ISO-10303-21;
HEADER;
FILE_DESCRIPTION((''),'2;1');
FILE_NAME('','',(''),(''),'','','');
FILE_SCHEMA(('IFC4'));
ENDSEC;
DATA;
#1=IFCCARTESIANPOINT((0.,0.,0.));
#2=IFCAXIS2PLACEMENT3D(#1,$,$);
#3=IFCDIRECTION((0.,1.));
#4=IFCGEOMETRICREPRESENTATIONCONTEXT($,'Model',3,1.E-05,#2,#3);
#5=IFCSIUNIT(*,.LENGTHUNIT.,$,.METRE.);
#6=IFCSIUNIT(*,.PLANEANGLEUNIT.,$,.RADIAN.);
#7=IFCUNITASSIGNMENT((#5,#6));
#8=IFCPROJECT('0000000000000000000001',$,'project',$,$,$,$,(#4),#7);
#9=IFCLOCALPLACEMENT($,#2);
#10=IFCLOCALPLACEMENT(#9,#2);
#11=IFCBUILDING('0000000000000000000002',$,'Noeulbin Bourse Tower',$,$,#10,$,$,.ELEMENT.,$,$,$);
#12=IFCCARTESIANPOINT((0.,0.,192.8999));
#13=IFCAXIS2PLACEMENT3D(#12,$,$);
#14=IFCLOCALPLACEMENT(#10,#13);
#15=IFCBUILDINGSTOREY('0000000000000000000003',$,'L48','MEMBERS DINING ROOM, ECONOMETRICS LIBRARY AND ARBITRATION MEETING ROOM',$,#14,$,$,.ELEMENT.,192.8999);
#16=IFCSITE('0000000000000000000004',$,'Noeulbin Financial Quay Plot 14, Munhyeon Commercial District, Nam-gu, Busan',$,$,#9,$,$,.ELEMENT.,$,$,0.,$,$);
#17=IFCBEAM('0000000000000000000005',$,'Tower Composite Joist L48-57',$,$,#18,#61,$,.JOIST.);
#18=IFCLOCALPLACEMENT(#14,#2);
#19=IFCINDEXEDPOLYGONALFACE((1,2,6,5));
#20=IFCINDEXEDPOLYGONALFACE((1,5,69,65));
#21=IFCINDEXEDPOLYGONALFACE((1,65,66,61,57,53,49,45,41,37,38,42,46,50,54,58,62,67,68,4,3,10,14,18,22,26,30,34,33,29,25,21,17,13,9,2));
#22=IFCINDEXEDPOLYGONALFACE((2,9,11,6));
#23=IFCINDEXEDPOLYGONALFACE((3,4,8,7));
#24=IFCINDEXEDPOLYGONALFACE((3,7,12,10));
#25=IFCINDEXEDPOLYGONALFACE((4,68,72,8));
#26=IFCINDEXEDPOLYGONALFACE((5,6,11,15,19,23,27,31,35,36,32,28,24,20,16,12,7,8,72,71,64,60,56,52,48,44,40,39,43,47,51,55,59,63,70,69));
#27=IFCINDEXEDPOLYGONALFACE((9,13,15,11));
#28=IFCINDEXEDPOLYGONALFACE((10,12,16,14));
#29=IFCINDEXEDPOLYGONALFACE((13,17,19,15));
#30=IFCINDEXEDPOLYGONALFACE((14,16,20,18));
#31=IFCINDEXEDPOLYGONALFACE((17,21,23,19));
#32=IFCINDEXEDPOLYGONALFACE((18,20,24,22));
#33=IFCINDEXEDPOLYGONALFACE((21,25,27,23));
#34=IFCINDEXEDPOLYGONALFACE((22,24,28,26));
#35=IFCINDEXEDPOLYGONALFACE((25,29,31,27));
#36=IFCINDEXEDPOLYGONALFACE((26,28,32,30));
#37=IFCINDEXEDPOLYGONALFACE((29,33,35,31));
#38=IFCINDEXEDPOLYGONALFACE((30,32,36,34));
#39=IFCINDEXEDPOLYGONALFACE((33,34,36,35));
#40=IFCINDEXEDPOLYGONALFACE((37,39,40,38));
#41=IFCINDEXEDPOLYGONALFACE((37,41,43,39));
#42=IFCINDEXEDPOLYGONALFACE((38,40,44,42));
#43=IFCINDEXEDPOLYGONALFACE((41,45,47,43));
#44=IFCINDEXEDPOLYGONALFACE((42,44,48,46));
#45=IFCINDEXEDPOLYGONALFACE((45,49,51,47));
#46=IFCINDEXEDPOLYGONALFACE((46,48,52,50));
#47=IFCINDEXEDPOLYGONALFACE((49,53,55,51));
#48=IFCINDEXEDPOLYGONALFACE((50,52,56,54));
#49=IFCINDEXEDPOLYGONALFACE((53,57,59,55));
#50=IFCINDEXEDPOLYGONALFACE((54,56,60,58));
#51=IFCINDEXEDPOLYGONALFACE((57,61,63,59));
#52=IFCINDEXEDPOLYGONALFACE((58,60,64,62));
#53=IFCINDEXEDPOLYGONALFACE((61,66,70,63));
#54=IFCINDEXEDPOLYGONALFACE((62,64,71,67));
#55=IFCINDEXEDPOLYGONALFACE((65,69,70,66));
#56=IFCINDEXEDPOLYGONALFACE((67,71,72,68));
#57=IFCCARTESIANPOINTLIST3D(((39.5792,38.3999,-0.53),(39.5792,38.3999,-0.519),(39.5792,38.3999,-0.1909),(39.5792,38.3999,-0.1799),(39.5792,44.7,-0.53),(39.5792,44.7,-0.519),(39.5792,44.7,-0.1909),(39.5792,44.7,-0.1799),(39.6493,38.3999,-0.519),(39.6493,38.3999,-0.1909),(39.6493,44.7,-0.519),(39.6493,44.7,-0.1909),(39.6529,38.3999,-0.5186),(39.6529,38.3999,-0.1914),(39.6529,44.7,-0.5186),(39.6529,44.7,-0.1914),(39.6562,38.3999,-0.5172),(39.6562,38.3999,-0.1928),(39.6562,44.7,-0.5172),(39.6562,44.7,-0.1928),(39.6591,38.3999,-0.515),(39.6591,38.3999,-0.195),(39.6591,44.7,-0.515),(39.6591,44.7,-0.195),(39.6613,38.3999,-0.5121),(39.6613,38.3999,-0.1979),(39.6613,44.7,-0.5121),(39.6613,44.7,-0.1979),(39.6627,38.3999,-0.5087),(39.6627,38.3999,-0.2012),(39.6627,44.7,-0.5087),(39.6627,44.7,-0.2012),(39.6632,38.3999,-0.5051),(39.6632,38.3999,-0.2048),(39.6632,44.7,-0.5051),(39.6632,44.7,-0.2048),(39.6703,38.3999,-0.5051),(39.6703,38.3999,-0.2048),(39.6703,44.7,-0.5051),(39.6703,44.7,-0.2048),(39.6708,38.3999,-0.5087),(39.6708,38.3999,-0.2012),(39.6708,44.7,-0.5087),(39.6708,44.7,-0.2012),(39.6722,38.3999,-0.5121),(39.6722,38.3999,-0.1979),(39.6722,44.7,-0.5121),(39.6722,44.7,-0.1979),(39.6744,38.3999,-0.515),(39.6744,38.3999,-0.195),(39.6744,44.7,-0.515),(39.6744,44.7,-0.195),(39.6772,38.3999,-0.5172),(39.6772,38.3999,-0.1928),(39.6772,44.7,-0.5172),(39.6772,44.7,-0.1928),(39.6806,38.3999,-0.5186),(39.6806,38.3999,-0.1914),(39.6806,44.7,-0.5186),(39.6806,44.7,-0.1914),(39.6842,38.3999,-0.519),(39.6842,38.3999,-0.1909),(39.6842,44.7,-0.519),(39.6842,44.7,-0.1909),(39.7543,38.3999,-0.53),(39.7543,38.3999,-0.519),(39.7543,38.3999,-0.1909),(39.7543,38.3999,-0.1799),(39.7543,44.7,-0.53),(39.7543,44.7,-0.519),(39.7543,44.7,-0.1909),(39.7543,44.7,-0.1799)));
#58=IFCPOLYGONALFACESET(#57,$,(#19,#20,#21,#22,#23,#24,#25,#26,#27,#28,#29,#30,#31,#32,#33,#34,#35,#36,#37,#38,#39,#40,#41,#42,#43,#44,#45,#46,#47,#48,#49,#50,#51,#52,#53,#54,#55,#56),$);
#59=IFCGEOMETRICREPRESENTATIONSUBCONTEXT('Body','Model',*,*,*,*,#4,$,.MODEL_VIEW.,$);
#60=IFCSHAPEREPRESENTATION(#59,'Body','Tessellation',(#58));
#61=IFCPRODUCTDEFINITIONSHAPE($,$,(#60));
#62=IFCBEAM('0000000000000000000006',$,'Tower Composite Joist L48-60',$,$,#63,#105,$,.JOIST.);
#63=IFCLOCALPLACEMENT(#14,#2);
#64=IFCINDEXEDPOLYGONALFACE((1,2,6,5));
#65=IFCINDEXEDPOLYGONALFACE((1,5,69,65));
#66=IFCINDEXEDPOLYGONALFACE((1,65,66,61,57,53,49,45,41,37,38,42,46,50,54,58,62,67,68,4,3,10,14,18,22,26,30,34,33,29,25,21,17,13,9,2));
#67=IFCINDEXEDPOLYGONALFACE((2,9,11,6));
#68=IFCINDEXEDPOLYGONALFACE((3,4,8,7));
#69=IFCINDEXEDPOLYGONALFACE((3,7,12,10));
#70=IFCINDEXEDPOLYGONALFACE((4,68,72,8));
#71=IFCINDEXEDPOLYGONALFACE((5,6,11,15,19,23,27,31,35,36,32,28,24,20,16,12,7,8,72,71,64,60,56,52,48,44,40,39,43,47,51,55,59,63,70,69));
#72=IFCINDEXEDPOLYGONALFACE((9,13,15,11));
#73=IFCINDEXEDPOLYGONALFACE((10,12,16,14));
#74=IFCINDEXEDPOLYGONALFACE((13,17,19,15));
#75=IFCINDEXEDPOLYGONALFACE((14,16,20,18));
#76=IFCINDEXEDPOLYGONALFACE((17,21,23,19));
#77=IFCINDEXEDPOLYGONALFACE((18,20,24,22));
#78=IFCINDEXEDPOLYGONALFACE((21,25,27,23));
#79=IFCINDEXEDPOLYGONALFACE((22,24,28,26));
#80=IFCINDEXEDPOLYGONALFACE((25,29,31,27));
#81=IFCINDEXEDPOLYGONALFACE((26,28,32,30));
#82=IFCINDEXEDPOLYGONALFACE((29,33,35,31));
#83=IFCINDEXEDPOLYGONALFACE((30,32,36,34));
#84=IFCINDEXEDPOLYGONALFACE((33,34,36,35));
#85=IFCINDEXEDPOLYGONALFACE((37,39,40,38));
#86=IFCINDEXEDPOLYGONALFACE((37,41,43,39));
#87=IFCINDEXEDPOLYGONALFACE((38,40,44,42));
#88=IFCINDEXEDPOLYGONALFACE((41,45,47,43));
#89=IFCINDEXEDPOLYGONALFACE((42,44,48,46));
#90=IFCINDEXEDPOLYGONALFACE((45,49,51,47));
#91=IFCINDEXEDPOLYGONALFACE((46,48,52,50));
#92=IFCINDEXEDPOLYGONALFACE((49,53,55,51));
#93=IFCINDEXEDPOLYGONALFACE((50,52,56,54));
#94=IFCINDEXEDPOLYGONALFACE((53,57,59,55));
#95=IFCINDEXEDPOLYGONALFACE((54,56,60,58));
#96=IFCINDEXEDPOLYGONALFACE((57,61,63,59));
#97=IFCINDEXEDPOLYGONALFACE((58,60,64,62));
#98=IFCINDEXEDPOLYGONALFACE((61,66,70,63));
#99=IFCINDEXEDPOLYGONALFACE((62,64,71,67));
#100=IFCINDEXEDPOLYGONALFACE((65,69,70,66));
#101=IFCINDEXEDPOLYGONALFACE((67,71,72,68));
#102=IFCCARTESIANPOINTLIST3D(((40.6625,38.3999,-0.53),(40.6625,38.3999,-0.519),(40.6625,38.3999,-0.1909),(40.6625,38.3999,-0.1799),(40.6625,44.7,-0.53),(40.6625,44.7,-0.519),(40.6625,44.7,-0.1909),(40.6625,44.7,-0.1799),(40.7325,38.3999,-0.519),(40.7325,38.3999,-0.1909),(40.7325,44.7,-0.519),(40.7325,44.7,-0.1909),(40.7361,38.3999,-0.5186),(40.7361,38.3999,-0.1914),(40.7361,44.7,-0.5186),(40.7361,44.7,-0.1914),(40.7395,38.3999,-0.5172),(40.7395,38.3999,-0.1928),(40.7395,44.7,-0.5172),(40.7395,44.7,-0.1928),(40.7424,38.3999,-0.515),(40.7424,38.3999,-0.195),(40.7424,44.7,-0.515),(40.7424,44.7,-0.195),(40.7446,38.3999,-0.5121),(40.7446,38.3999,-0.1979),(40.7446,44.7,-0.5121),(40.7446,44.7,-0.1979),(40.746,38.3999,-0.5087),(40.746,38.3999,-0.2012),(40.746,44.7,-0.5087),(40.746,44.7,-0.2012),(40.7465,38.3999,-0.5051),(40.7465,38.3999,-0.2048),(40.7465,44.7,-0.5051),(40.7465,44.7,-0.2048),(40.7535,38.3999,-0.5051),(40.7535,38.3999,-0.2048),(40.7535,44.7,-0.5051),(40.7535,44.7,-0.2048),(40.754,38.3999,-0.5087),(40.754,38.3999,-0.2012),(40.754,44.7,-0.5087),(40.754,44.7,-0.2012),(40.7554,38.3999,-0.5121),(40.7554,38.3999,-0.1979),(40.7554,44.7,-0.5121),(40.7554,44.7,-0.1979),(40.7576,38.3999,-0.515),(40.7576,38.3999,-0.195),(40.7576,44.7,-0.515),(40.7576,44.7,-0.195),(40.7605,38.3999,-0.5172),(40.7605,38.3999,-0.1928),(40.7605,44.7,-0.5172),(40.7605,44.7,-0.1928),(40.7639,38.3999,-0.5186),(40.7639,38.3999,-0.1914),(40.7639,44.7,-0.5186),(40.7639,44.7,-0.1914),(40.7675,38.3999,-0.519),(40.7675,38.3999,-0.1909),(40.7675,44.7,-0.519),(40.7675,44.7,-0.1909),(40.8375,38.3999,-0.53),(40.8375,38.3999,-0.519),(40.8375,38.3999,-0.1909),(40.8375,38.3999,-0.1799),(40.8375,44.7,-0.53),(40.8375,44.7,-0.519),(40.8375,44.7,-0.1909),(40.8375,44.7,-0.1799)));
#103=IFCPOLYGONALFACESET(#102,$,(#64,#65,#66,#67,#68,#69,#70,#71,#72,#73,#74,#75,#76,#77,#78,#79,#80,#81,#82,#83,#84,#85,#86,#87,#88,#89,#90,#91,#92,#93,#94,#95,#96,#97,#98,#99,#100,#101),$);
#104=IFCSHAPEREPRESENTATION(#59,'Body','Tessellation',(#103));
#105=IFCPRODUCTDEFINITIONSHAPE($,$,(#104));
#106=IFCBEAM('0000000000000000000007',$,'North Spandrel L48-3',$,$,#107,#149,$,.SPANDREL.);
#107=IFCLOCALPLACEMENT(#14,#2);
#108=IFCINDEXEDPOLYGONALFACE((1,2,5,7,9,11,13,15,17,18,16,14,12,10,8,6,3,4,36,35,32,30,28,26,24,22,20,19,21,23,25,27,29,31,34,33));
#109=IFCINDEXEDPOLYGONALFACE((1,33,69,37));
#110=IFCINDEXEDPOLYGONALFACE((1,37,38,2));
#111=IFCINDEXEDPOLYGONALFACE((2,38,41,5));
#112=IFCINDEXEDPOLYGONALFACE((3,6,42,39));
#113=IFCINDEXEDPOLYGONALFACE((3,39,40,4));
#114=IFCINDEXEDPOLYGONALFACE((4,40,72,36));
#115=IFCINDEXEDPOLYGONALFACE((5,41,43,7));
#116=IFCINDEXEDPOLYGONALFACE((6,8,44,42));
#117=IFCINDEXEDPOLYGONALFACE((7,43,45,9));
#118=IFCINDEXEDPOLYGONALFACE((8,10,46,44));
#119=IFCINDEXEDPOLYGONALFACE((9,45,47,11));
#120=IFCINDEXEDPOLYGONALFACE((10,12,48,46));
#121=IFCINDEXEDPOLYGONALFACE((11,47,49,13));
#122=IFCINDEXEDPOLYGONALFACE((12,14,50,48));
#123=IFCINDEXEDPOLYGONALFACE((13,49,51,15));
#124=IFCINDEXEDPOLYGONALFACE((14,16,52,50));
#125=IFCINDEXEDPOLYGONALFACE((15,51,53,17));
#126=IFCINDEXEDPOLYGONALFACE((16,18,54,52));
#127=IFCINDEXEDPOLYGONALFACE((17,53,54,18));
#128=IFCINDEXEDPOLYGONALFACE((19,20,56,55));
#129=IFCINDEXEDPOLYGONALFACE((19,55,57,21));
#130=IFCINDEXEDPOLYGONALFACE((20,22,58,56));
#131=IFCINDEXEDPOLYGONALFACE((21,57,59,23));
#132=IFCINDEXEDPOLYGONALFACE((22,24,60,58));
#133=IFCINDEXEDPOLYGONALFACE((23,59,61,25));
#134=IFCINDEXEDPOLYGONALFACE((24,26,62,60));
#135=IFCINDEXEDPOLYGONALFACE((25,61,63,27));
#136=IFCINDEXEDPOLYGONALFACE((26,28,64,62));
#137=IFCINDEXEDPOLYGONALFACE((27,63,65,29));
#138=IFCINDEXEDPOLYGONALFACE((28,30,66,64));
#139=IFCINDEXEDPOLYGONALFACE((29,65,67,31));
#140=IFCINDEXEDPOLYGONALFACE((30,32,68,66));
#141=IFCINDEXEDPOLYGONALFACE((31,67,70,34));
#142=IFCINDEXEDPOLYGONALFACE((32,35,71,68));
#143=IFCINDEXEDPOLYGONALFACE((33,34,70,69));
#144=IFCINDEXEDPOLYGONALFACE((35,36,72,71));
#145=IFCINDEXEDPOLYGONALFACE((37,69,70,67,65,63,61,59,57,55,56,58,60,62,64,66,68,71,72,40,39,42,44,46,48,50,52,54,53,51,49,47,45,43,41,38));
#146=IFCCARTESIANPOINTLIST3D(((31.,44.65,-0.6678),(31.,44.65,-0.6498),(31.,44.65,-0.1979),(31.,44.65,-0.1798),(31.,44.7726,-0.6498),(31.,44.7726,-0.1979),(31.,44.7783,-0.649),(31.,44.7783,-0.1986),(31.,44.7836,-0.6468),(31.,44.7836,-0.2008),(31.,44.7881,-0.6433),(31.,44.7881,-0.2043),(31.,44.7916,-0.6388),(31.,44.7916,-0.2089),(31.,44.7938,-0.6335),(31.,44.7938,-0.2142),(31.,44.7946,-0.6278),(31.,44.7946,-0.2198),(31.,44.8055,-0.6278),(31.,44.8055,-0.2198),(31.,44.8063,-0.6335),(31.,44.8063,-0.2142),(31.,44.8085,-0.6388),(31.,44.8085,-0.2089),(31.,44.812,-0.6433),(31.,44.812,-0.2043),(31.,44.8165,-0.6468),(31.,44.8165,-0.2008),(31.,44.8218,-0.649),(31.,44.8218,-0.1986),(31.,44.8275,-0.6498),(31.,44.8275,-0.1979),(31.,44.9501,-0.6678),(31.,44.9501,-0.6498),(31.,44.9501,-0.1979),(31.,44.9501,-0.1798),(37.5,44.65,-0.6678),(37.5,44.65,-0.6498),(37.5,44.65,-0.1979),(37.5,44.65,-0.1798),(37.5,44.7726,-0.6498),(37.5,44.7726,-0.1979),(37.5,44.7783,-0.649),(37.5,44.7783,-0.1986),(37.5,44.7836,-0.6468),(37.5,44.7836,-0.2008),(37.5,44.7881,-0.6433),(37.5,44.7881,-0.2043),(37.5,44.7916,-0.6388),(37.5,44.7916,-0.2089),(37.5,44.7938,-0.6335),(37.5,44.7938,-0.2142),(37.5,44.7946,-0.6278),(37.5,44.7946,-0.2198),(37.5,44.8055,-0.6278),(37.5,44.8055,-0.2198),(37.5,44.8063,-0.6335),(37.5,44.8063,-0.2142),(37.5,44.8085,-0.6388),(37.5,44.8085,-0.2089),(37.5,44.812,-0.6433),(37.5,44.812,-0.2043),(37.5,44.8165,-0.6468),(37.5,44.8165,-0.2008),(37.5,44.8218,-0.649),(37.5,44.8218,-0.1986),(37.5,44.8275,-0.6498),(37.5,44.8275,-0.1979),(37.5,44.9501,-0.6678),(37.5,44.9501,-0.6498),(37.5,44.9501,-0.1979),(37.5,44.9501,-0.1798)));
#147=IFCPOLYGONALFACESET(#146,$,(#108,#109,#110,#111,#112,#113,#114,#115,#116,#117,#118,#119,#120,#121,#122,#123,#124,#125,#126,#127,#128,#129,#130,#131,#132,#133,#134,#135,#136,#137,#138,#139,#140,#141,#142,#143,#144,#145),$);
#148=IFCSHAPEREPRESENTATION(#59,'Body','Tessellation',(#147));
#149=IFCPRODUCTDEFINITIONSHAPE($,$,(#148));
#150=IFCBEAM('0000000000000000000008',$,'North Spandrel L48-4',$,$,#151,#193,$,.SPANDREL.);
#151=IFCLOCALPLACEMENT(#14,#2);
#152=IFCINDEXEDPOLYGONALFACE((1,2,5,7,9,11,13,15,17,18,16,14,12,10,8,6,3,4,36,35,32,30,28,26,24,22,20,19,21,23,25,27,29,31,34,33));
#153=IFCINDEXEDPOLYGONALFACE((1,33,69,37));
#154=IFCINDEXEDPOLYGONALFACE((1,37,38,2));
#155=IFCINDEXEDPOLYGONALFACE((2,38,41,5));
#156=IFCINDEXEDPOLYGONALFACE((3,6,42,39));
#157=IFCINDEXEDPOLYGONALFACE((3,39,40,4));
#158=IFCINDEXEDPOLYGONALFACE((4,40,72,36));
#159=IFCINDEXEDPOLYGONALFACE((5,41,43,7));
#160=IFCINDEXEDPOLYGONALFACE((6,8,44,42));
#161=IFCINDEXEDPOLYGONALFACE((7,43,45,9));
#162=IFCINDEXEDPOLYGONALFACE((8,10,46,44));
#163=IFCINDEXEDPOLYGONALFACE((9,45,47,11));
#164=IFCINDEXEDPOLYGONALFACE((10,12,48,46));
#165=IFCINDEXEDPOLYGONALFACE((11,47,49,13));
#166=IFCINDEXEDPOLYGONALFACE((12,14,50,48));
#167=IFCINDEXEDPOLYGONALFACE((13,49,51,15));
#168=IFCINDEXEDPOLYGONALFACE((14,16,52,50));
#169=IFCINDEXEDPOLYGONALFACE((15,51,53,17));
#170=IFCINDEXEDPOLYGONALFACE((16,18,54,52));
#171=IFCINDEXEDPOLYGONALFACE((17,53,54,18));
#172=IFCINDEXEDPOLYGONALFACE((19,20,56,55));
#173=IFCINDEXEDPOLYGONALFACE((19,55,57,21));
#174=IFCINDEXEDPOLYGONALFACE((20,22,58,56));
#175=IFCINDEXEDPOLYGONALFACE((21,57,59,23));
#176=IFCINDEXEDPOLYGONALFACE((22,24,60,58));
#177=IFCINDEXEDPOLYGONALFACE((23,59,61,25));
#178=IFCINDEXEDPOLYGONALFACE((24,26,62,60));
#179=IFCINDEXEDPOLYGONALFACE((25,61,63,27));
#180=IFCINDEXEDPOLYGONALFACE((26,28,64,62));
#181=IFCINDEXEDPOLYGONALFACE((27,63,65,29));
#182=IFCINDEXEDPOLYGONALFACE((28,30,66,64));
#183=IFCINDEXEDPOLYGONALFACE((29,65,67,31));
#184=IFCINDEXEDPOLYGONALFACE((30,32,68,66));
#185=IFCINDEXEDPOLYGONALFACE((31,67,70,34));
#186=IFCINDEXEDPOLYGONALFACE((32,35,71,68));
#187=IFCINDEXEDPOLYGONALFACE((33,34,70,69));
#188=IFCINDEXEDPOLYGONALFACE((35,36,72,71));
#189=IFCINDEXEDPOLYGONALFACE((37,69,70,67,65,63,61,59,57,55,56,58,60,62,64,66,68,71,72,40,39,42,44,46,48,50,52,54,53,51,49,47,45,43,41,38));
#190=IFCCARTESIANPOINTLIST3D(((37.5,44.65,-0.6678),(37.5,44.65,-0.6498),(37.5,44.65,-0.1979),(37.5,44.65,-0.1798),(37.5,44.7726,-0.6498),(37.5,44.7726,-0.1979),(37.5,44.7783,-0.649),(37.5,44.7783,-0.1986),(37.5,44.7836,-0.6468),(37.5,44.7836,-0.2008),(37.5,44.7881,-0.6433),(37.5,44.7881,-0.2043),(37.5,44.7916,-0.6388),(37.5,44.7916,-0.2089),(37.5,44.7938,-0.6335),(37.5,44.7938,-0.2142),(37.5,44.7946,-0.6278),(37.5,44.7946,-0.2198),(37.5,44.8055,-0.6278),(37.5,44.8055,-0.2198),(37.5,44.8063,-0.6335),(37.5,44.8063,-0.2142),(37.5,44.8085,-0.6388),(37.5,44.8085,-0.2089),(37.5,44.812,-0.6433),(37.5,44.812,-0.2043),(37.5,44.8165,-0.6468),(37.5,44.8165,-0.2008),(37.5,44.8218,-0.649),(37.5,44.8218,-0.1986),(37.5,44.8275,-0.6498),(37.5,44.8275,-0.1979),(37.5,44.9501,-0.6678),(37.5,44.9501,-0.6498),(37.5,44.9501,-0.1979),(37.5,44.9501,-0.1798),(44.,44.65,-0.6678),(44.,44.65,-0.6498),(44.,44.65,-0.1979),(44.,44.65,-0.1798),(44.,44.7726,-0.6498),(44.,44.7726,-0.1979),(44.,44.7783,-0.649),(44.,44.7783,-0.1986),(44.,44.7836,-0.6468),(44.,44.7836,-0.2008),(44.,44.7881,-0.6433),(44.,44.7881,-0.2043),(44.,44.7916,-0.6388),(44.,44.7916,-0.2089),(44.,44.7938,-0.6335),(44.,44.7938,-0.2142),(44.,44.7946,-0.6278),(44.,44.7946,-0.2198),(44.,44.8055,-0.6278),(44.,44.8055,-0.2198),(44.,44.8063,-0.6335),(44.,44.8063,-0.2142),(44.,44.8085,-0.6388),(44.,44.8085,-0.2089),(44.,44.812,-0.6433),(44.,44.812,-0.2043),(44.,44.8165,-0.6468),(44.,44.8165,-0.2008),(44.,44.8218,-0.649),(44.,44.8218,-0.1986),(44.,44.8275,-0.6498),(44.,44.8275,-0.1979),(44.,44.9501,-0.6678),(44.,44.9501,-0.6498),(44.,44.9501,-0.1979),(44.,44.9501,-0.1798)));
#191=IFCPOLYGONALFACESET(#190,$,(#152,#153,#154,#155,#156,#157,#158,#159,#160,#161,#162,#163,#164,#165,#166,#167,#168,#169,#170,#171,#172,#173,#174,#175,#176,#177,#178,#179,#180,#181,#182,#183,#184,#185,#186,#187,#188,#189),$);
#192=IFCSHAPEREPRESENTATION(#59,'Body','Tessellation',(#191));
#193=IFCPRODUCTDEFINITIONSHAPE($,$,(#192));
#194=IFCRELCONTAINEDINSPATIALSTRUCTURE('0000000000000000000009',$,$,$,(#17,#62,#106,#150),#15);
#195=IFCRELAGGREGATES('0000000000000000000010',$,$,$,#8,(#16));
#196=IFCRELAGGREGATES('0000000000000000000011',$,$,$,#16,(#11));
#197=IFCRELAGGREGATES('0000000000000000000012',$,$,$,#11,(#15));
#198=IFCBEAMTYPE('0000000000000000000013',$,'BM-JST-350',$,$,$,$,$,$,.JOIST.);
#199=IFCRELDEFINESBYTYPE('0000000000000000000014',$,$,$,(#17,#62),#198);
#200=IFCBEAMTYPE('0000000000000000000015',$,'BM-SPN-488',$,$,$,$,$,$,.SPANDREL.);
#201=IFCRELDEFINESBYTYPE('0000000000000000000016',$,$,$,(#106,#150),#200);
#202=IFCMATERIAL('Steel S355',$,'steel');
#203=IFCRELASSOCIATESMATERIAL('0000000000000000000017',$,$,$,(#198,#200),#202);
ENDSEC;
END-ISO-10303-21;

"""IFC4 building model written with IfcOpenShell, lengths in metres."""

from ifc_helpers import new_model, si_unit, direction, frame, origin, origin_2d, place, context, subcontext, project, spatial, i_section, extrude, material, material_profile, profile_set, type_object, element, save


model = new_model("IFC4")

# Units and contexts
model_context = context("Model", 3, precision=1e-05, world=origin(), true_north=direction((0.0, 1.0)))
body_context = subcontext(model_context, "Body", "Model", "MODEL_VIEW")
ifc_project = project(units=[si_unit("LENGTHUNIT", "METRE"), si_unit("PLANEANGLEUNIT", "RADIAN")], contexts=[model_context])

# Site, building, storey
site_placement = place(None, origin())
site = spatial("IfcSite", under=ifc_project, at=site_placement, Name="Noeulbin Financial Quay Plot 14, Munhyeon Commercial District, Nam-gu, Busan", CompositionType="ELEMENT", RefElevation=0.0)
building_placement = place(site_placement, origin())
building = spatial("IfcBuilding", under=site, at=building_placement, Name="Noeulbin Bourse Tower", CompositionType="ELEMENT")
storey_placement = place(building_placement, frame((0.0, 0.0, 192.8999)))
storey = spatial("IfcBuildingStorey", under=building, at=storey_placement, Name="L48", Description="MEMBERS DINING ROOM, ECONOMETRICS LIBRARY AND ARBITRATION MEETING ROOM", CompositionType="ELEMENT", Elevation=192.8999)

# Shared definitions
ifc_material_1 = material(Name="Steel S355", Category="steel")

# Beams
ifc_material_profile_1 = material_profile(ifc_material_1, i_section(OverallWidth=0.175, OverallDepth=0.3501, WebThickness=0.0071, FlangeThickness=0.011, FilletRadius=0.0139, at=origin_2d()), Name="H-350x175x7x11", Category="LoadBearing")
ifc_profile_set_1 = profile_set([ifc_material_profile_1], Name="Steel S355")
beam_type_1 = type_object("IfcBeamType", Name="BM-JST-350", PredefinedType="JOIST", material=ifc_profile_set_1)
for number, where, z_axis, x_axis, name in (
    (1, (39.6667, 38.3999, -0.355), (0.0, 1.0, 0.0), (-1.0, 0.0, 0.0), "Tower Composite Joist L48-57"),
    (2, (40.75, 38.3999, -0.355), (0.0, 1.0, 0.0), (-1.0, 0.0, 0.0), "Tower Composite Joist L48-60"),
):
    element("IfcBeam", number, at=place(storey_placement, frame(where, z_axis=z_axis, x_axis=x_axis)), inside=storey, type_object=beam_type_1, Name=name, PredefinedType="JOIST", context=body_context, shape_type="SweptSolid", body=[
        extrude(i_section(OverallWidth=0.175, OverallDepth=0.3501, WebThickness=0.0071, FlangeThickness=0.011, FilletRadius=0.0139, at=origin_2d()), origin(), (0.0, 0.0, 1.0), 6.3),
    ])
ifc_material_profile_2 = material_profile(ifc_material_1, i_section(OverallWidth=0.3, OverallDepth=0.488, WebThickness=0.011, FlangeThickness=0.0181, FilletRadius=0.022, at=origin_2d()), Name="H-488x300x11x18", Category="LoadBearing")
ifc_profile_set_2 = profile_set([ifc_material_profile_2], Name="Steel S355")
beam_type_2 = type_object("IfcBeamType", Name="BM-SPN-488", PredefinedType="SPANDREL", material=ifc_profile_set_2)
for number, where, z_axis, x_axis, name in (
    (3, (31.0, 44.8, -0.4238), (1.0, 0.0, 0.0), (0.0, 1.0, 0.0), "North Spandrel L48-3"),
    (4, (37.5, 44.8, -0.4238), (1.0, 0.0, 0.0), (0.0, 1.0, 0.0), "North Spandrel L48-4"),
):
    element("IfcBeam", number, at=place(storey_placement, frame(where, z_axis=z_axis, x_axis=x_axis)), inside=storey, type_object=beam_type_2, Name=name, PredefinedType="SPANDREL", context=body_context, shape_type="SweptSolid", body=[
        extrude(i_section(OverallWidth=0.3, OverallDepth=0.488, WebThickness=0.011, FlangeThickness=0.0181, FilletRadius=0.022, at=origin_2d()), origin(), (0.0, 0.0, 1.0), 6.5),
    ])

save(model, "model.ifc")
